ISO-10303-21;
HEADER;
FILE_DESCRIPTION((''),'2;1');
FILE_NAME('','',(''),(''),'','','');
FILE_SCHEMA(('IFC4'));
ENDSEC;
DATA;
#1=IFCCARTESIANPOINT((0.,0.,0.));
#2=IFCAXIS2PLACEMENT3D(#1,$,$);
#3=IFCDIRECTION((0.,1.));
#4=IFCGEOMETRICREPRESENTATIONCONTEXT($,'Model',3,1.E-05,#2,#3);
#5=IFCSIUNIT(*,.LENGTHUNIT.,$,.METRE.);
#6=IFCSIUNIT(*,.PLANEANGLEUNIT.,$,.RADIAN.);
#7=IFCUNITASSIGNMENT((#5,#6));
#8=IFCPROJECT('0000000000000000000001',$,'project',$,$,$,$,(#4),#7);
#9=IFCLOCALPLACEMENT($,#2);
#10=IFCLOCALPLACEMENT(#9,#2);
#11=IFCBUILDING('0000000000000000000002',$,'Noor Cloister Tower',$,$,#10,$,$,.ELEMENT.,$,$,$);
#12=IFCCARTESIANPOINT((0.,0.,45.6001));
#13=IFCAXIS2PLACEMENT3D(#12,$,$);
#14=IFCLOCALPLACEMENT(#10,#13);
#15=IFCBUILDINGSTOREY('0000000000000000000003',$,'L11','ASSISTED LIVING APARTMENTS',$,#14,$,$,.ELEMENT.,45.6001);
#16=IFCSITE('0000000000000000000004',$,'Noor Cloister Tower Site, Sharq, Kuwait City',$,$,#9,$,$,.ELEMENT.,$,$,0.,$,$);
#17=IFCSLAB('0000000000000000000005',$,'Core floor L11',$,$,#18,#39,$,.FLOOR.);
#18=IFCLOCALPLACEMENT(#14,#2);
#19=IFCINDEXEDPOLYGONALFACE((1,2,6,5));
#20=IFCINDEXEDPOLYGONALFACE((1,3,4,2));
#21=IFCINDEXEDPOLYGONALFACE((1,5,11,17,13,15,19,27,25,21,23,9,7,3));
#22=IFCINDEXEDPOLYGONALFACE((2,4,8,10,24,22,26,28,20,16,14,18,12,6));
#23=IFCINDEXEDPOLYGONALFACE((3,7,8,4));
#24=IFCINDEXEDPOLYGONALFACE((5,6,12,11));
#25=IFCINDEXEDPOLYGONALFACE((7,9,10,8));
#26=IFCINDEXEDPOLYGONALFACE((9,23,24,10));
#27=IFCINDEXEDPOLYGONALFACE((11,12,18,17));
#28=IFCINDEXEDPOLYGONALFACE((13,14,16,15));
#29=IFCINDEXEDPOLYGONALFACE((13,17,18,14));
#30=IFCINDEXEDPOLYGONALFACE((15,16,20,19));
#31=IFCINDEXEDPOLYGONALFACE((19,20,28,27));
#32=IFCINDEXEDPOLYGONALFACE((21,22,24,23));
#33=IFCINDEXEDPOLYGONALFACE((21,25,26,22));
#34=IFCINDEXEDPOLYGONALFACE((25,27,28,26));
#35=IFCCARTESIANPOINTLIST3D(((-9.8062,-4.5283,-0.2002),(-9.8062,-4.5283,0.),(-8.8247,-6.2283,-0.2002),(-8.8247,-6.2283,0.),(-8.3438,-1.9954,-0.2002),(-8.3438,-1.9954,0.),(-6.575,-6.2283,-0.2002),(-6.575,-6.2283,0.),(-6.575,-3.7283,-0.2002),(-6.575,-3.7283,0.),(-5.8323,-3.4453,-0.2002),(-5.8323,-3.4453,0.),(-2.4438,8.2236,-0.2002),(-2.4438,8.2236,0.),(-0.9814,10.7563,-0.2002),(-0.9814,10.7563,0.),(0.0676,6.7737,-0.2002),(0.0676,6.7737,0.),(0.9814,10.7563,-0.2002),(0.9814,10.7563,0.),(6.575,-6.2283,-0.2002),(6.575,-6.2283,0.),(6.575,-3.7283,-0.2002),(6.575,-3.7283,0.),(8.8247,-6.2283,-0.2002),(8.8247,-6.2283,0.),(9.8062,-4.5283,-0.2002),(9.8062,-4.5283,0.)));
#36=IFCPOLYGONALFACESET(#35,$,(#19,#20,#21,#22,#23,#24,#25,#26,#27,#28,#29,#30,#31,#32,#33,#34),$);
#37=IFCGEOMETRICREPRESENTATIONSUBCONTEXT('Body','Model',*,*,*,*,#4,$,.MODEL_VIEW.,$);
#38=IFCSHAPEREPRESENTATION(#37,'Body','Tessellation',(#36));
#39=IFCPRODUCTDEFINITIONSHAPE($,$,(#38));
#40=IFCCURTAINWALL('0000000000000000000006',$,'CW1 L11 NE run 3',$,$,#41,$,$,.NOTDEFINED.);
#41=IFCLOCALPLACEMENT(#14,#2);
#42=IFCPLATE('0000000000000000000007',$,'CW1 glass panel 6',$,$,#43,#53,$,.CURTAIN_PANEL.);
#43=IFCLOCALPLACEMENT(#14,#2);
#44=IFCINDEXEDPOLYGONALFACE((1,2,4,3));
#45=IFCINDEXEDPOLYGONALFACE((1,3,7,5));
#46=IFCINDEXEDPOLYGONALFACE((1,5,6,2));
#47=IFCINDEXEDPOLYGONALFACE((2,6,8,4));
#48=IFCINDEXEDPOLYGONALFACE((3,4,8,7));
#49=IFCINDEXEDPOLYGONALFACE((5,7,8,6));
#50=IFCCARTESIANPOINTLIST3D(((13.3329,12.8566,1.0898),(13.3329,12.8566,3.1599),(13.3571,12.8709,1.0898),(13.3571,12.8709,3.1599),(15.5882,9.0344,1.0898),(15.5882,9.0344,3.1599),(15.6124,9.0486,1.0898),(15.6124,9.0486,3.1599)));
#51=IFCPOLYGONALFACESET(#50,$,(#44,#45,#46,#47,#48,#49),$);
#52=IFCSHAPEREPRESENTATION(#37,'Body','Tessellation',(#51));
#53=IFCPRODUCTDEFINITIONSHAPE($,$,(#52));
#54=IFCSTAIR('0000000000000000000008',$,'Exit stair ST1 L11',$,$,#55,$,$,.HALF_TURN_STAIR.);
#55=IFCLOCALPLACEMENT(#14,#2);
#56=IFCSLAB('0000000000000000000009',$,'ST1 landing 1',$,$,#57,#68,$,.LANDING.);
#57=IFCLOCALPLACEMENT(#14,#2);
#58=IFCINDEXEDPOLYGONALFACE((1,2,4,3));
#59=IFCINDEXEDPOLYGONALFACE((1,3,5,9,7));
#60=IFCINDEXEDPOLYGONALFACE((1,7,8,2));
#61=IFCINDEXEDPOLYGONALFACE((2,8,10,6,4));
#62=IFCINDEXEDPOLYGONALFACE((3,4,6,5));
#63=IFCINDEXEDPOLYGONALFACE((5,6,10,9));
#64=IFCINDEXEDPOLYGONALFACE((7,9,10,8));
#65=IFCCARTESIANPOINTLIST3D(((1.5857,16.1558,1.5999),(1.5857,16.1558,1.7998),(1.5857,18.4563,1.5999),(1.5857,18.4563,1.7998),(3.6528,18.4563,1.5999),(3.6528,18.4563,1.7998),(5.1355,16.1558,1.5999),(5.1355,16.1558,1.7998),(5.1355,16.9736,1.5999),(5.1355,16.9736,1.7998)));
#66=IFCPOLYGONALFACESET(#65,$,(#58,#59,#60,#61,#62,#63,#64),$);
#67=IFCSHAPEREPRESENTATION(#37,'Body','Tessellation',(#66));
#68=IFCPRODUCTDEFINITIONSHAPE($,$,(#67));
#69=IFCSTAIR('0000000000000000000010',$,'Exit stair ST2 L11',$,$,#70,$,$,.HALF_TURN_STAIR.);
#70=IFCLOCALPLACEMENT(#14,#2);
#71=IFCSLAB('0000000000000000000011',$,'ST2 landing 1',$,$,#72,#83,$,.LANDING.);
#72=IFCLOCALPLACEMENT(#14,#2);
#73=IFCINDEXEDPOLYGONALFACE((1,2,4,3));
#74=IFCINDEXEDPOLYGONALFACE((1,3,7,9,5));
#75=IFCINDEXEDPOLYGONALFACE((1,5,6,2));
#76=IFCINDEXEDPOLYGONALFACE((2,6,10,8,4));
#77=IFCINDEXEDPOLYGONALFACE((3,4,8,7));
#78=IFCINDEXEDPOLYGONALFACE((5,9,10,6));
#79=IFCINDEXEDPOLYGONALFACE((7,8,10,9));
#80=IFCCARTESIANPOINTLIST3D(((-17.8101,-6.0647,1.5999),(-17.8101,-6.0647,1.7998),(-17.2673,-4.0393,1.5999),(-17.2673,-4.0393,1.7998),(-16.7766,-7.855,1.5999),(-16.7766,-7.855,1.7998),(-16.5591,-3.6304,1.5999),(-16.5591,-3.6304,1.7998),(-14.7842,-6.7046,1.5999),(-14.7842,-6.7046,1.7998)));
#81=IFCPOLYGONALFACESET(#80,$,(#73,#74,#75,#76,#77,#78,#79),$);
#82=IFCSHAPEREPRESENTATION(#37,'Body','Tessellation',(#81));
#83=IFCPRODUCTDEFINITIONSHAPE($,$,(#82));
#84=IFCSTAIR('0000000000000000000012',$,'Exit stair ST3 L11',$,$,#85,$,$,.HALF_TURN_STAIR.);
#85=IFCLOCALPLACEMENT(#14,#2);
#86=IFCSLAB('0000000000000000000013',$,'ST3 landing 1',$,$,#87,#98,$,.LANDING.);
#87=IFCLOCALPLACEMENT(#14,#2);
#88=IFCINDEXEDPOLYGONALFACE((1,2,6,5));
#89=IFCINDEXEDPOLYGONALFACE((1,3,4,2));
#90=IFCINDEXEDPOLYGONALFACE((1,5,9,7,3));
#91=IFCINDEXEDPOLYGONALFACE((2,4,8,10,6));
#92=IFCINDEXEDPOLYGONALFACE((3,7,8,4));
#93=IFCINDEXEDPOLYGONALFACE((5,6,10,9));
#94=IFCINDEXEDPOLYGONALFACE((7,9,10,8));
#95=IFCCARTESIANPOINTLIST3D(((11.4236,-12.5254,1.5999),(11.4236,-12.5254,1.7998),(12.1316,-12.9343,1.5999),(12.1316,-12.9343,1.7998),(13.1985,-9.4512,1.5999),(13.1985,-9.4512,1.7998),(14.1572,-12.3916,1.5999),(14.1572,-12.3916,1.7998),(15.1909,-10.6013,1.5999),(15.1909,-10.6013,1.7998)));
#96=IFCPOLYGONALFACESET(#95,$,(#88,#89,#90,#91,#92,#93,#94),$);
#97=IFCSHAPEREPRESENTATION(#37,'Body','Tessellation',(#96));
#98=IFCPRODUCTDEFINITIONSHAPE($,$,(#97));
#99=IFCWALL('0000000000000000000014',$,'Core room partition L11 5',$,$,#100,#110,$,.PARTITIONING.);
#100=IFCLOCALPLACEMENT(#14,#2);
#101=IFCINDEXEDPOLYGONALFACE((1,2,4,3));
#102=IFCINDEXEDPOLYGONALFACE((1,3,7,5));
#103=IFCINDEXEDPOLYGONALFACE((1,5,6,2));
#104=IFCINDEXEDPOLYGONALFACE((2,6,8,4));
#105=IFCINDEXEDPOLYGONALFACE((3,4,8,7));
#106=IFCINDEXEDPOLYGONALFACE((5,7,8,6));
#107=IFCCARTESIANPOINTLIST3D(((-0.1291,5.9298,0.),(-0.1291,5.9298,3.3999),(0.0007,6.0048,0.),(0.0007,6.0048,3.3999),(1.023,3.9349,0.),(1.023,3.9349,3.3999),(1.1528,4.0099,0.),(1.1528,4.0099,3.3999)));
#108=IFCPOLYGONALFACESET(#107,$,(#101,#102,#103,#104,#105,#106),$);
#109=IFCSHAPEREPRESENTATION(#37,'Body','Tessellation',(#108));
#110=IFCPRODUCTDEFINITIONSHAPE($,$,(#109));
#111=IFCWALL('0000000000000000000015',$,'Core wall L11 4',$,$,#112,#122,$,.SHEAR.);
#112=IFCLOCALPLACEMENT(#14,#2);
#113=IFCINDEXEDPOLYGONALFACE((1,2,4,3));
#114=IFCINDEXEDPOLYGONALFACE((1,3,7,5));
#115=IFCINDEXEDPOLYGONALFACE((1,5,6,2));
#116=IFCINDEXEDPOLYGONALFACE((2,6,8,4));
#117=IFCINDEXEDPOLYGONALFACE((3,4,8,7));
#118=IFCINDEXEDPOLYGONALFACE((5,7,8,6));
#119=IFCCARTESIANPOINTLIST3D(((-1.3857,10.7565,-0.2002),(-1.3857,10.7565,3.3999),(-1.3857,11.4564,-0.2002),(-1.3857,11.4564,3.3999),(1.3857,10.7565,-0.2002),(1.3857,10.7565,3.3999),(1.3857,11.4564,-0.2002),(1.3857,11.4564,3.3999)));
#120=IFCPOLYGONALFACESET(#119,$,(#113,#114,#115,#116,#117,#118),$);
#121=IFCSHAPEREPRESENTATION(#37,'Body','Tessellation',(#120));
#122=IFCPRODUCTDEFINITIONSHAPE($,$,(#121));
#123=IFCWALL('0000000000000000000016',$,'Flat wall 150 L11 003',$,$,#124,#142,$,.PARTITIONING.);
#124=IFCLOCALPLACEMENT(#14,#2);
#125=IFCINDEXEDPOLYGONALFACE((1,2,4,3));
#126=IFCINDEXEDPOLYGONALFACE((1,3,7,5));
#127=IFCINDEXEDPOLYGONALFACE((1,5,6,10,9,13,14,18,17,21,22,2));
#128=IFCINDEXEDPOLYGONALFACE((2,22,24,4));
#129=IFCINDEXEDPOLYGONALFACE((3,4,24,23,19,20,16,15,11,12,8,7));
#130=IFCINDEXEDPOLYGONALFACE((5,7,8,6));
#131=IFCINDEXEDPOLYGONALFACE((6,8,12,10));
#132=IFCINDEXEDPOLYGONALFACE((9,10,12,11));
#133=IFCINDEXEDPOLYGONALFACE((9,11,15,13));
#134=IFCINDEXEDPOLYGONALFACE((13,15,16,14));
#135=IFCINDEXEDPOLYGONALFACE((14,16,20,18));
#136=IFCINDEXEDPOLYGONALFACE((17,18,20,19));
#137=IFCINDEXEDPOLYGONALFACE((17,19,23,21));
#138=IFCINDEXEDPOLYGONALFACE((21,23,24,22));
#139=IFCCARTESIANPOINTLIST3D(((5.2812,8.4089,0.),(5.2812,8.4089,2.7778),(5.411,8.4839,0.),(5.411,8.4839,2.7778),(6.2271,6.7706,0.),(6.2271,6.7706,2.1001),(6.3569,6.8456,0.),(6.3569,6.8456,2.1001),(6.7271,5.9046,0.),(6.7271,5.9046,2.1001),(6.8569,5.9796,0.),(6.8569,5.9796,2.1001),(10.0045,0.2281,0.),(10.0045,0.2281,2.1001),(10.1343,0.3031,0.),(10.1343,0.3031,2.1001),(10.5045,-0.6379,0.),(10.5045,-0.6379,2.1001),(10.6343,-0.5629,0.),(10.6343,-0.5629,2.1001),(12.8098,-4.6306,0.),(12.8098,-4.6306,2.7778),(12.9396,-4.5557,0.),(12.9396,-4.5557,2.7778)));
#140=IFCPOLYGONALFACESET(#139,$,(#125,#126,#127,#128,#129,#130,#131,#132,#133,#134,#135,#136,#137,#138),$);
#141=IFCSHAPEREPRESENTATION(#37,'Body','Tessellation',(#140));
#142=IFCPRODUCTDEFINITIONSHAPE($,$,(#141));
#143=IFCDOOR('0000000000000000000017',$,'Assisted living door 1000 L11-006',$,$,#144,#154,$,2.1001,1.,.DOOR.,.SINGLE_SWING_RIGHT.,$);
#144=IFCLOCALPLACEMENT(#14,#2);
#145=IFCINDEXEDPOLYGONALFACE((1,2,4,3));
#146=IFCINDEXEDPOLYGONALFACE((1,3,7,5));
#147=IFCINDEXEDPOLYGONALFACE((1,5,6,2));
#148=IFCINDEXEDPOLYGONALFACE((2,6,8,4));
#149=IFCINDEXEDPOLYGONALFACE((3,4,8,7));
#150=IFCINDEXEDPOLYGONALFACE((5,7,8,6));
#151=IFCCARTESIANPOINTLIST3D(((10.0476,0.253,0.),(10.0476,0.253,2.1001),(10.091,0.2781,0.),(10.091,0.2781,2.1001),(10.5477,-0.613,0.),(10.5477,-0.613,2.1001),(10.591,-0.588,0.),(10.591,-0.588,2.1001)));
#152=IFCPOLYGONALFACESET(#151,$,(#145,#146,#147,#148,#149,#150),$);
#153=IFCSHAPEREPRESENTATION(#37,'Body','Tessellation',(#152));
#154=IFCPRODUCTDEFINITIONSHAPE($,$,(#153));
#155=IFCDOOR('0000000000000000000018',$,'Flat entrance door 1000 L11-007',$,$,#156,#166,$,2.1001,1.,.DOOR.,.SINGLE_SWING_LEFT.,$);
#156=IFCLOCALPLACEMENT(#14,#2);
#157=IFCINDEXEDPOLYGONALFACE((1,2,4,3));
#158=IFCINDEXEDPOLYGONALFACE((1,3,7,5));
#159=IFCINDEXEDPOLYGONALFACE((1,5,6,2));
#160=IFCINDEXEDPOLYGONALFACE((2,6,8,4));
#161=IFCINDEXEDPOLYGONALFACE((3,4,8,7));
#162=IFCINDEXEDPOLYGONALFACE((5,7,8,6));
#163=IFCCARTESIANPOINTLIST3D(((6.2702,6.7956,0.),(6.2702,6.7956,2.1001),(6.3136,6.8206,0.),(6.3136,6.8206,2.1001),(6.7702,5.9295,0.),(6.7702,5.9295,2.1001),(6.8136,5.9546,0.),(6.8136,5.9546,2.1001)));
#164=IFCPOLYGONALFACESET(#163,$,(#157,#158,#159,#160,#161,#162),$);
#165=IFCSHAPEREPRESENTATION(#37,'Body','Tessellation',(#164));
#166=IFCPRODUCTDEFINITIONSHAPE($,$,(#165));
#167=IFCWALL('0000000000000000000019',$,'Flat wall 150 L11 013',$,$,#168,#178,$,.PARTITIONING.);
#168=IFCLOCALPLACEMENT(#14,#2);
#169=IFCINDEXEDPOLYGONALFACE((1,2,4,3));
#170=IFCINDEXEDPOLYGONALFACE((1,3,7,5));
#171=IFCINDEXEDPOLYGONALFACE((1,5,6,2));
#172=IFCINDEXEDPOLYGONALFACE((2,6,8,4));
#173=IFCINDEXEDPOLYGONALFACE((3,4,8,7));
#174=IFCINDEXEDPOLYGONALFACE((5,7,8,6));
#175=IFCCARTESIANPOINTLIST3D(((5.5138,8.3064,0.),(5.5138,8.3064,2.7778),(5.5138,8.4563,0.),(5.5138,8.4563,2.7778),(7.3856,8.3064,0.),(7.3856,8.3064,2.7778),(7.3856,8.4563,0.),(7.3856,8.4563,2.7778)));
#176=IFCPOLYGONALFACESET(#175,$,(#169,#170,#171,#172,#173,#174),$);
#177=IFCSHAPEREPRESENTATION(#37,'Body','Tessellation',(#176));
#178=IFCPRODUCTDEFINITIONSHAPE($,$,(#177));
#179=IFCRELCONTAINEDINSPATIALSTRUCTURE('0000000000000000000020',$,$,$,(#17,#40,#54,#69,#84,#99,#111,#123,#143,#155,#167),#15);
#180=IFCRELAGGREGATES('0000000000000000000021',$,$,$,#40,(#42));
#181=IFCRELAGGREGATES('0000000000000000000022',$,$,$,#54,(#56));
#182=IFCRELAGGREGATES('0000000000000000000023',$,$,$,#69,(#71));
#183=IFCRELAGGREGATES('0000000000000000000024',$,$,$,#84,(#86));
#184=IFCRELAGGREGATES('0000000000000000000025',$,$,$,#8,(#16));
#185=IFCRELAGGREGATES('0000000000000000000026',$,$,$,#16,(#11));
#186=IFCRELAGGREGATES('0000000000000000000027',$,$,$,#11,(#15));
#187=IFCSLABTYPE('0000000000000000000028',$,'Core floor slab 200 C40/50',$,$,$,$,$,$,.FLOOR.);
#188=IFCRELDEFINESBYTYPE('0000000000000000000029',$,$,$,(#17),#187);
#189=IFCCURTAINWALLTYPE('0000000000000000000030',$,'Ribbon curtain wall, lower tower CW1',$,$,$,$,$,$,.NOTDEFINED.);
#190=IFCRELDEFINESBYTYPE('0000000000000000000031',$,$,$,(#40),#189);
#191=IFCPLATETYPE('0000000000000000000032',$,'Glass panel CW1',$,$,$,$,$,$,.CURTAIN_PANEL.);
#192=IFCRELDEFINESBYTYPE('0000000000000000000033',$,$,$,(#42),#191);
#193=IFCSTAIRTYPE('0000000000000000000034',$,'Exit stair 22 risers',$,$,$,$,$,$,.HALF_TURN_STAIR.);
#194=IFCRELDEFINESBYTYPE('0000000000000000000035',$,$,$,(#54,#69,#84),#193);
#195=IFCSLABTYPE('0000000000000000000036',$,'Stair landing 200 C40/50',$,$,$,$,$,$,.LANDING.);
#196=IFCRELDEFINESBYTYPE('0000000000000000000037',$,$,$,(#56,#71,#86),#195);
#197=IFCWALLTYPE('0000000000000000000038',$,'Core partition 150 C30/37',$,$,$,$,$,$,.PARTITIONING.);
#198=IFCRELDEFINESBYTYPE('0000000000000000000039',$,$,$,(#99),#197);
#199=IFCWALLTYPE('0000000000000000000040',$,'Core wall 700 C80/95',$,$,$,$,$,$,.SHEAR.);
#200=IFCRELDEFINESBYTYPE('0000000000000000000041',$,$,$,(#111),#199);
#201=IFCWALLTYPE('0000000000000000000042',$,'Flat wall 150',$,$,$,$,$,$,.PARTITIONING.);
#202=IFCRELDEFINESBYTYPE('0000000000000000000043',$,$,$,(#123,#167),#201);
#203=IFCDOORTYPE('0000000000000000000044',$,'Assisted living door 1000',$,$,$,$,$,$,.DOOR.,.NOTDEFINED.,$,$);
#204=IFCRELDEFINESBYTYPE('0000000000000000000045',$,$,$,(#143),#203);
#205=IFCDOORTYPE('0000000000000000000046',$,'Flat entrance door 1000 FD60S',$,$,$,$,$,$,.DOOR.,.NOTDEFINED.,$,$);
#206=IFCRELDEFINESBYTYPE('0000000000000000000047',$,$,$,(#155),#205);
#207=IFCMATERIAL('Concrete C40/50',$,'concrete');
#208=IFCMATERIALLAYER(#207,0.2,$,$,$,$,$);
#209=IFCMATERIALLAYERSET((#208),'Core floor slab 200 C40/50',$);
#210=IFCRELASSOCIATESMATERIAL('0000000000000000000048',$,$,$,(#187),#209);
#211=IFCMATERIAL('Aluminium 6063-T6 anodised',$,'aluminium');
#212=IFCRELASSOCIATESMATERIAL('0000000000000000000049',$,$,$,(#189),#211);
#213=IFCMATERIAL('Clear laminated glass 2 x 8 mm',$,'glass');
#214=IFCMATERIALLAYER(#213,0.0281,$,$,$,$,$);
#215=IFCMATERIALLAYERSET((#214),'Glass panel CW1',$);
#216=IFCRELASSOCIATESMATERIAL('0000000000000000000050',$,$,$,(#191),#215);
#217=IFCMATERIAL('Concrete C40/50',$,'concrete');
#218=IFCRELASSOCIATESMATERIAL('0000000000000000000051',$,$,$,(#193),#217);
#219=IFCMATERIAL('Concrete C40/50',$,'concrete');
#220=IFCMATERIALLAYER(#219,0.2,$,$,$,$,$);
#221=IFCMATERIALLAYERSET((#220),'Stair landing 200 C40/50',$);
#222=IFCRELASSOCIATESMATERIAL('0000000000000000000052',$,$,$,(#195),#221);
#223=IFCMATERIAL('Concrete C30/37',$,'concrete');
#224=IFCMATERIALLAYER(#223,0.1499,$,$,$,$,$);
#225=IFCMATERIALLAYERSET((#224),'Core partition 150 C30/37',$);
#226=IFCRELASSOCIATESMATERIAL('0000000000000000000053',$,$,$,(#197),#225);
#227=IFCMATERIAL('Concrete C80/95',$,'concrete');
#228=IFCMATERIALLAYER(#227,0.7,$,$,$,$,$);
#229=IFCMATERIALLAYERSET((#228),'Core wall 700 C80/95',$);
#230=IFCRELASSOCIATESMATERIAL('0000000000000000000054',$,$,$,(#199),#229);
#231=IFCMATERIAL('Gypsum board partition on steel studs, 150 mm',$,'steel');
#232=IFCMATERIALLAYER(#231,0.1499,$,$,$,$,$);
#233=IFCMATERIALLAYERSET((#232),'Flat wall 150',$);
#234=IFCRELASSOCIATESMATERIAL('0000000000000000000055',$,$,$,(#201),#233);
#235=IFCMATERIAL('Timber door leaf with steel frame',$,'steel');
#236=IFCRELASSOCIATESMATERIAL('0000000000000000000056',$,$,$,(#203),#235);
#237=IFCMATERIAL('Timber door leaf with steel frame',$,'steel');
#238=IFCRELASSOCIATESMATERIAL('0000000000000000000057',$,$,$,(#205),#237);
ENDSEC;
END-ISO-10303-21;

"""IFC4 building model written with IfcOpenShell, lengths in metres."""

from ifc_helpers import new_model, si_unit, direction, frame, frame_2d, origin, origin_2d, place, context, subcontext, project, spatial, polyline, rectangle, outline, extrude, material, layer, layer_set, type_object, element, fill, aggregate, save


model = new_model("IFC4")

# Units and contexts
model_context = context("Model", 3, precision=1e-05, world=origin(), true_north=direction((0.0, 1.0)))
body_context = subcontext(model_context, "Body", "Model", "MODEL_VIEW")
ifc_project = project(units=[si_unit("LENGTHUNIT", "METRE"), si_unit("PLANEANGLEUNIT", "RADIAN")], contexts=[model_context])

# Site, building, storey
site_placement = place(None, origin())
site = spatial("IfcSite", under=ifc_project, at=site_placement, Name="Noor Cloister Tower Site, Sharq, Kuwait City", CompositionType="ELEMENT", RefElevation=0.0)
building_placement = place(site_placement, origin())
building = spatial("IfcBuilding", under=site, at=building_placement, Name="Noor Cloister Tower", CompositionType="ELEMENT")
storey_placement = place(building_placement, frame((0.0, 0.0, 45.6001)))
storey = spatial("IfcBuildingStorey", under=building, at=storey_placement, Name="L11", Description="ASSISTED LIVING APARTMENTS", CompositionType="ELEMENT", Elevation=45.6001)

# Slab
ifc_material_1 = material(Name="Concrete C40/50", Category="concrete")
ifc_layer_1 = layer(ifc_material_1, 0.2)
ifc_layer_set_1 = layer_set([ifc_layer_1], Name="Core floor slab 200 C40/50")
slab_type_1 = type_object("IfcSlabType", Name="Core floor slab 200 C40/50", PredefinedType="FLOOR", material=ifc_layer_set_1)
slab_1_placement = place(storey_placement, frame((0.0, 0.0, -0.2002)))
element("IfcSlab", 1, at=slab_1_placement, inside=storey, type_object=slab_type_1, Name="Core floor L11", PredefinedType="FLOOR", context=body_context, shape_type="SweptSolid", body=[
    extrude(outline(polyline([(-6.575, -6.2283), (-6.575, -3.7283), (6.575, -3.7283), (6.575, -6.2283), (8.8247, -6.2283), (9.8062, -4.5283), (0.9814, 10.7563), (-0.9814, 10.7563), (-2.4438, 8.2236), (0.0676, 6.7737), (-5.8323, -3.4453), (-8.3438, -1.9954), (-9.8062, -4.5283), (-8.8247, -6.2283), (-6.575, -6.2283)])), origin(), (0.0, 0.0, 1.0), 0.2002),
])

# Curtain wall, plate
ifc_material_2 = material(Name="Aluminium 6063-T6 anodised", Category="aluminium")
curtain_wall_type = type_object("IfcCurtainWallType", Name="Ribbon curtain wall, lower tower CW1", PredefinedType="NOTDEFINED", material=ifc_material_2)
curtain_wall_placement = place(storey_placement, origin())
curtain_wall = element("IfcCurtainWall", 2, at=curtain_wall_placement, inside=storey, type_object=curtain_wall_type, Name="CW1 L11 NE run 3", PredefinedType="NOTDEFINED")
ifc_material_3 = material(Name="Clear laminated glass 2 x 8 mm", Category="glass")
ifc_layer_2 = layer(ifc_material_3, 0.0281)
ifc_layer_set_2 = layer_set([ifc_layer_2], Name="Glass panel CW1")
plate_type = type_object("IfcPlateType", Name="Glass panel CW1", PredefinedType="CURTAIN_PANEL", material=ifc_layer_set_2)
plate_placement = place(storey_placement, frame((14.4727, 10.9526, 1.0898), z_axis=(0.0, 0.0, 1.0), x_axis=(-0.508168, 0.861258, 0.0)))
plate = element("IfcPlate", 3, at=plate_placement, type_object=plate_type, Name="CW1 glass panel 6", PredefinedType="CURTAIN_PANEL", context=body_context, shape_type="SweptSolid", body=[
    extrude(rectangle(XDim=4.438, YDim=0.0281, at=origin_2d()), origin(), (0.0, 0.0, 1.0), 2.0701),
])
aggregate(curtain_wall, [plate])

# Stairs, slabs
ifc_material_4 = material(Name="Concrete C40/50", Category="concrete")
stair_type = type_object("IfcStairType", Name="Exit stair 22 risers", PredefinedType="HALF_TURN_STAIR", material=ifc_material_4)
stair_1_placement = place(storey_placement, origin())
stair_1 = element("IfcStair", 4, at=stair_1_placement, inside=storey, type_object=stair_type, Name="Exit stair ST1 L11", PredefinedType="HALF_TURN_STAIR")
ifc_material_5 = material(Name="Concrete C40/50", Category="concrete")
ifc_layer_3 = layer(ifc_material_5, 0.2)
ifc_layer_set_3 = layer_set([ifc_layer_3], Name="Stair landing 200 C40/50")
slab_type_2 = type_object("IfcSlabType", Name="Stair landing 200 C40/50", PredefinedType="LANDING", material=ifc_layer_set_3)
slab_2_placement = place(storey_placement, frame((0.0, 0.0, 1.5999)))
slab_2 = element("IfcSlab", 5, at=slab_2_placement, type_object=slab_type_2, Name="ST1 landing 1", PredefinedType="LANDING", context=body_context, shape_type="SweptSolid", body=[
    extrude(outline(polyline([(5.1355, 16.1558), (5.1355, 16.9736), (3.6528, 18.4563), (1.5857, 18.4563), (1.5857, 16.1558), (5.1355, 16.1558)])), origin(), (0.0, 0.0, 1.0), 0.2),
])
aggregate(stair_1, [slab_2])
stair_2_placement = place(storey_placement, origin())
stair_2 = element("IfcStair", 6, at=stair_2_placement, inside=storey, type_object=stair_type, Name="Exit stair ST2 L11", PredefinedType="HALF_TURN_STAIR")
slab_3_placement = place(storey_placement, frame((0.0, 0.0, 1.5999)))
slab_3 = element("IfcSlab", 7, at=slab_3_placement, type_object=slab_type_2, Name="ST2 landing 1", PredefinedType="LANDING", context=body_context, shape_type="SweptSolid", body=[
    extrude(outline(polyline([(-16.5591, -3.6304), (-17.2673, -4.0393), (-17.8101, -6.0647), (-16.7766, -7.855), (-14.7842, -6.7046), (-16.5591, -3.6304)])), origin(), (0.0, 0.0, 1.0), 0.2),
])
aggregate(stair_2, [slab_3])
stair_3_placement = place(storey_placement, origin())
stair_3 = element("IfcStair", 8, at=stair_3_placement, inside=storey, type_object=stair_type, Name="Exit stair ST3 L11", PredefinedType="HALF_TURN_STAIR")
slab_4_placement = place(storey_placement, frame((0.0, 0.0, 1.5999)))
slab_4 = element("IfcSlab", 9, at=slab_4_placement, type_object=slab_type_2, Name="ST3 landing 1", PredefinedType="LANDING", context=body_context, shape_type="SweptSolid", body=[
    extrude(outline(polyline([(11.4236, -12.5254), (12.1316, -12.9343), (14.1572, -12.3916), (15.1909, -10.6013), (13.1985, -9.4512), (11.4236, -12.5254)])), origin(), (0.0, 0.0, 1.0), 0.2),
])
aggregate(stair_3, [slab_4])

# Walls
ifc_material_6 = material(Name="Concrete C30/37", Category="concrete")
ifc_layer_4 = layer(ifc_material_6, 0.1499)
ifc_layer_set_4 = layer_set([ifc_layer_4], Name="Core partition 150 C30/37")
wall_type_1 = type_object("IfcWallType", Name="Core partition 150 C30/37", PredefinedType="PARTITIONING", material=ifc_layer_set_4)
wall_1_placement = place(storey_placement, frame((1.0879, 3.9724, 0.0), z_axis=(0.0, 0.0, 1.0), x_axis=(-0.500117, 0.865958, 0.0)))
element("IfcWall", 10, at=wall_1_placement, inside=storey, type_object=wall_type_1, Name="Core room partition L11 5", PredefinedType="PARTITIONING", context=body_context, shape_type="SweptSolid", body=[
    extrude(rectangle(XDim=2.3037, YDim=0.1499, at=frame_2d((1.1519, 0.0))), origin(), (0.0, 0.0, 1.0), 3.3999),
])
ifc_material_7 = material(Name="Concrete C80/95", Category="concrete")
ifc_layer_5 = layer(ifc_material_7, 0.7)
ifc_layer_set_5 = layer_set([ifc_layer_5], Name="Core wall 700 C80/95")
wall_type_2 = type_object("IfcWallType", Name="Core wall 700 C80/95", PredefinedType="SHEAR", material=ifc_layer_set_5)
wall_2_placement = place(storey_placement, frame((1.3857, 11.1064, -0.2002), z_axis=(0.0, 0.0, 1.0), x_axis=(-1.0, 0.0, 0.0)))
element("IfcWall", 11, at=wall_2_placement, inside=storey, type_object=wall_type_2, Name="Core wall L11 4", PredefinedType="SHEAR", context=body_context, shape_type="SweptSolid", body=[
    extrude(rectangle(XDim=2.7715, YDim=0.7, at=frame_2d((1.3857, 0.0))), origin(), (0.0, 0.0, 1.0), 3.6001),
])

# Wall, openings, doors
ifc_material_8 = material(Name="Gypsum board partition on steel studs, 150 mm", Category="steel")
ifc_layer_6 = layer(ifc_material_8, 0.1499)
ifc_layer_set_6 = layer_set([ifc_layer_6], Name="Flat wall 150")
wall_type_3 = type_object("IfcWallType", Name="Flat wall 150", PredefinedType="PARTITIONING", material=ifc_layer_set_6)
wall_3_placement = place(storey_placement, frame((5.3462, 8.4463, 0.0), z_axis=(0.0, 0.0, 1.0), x_axis=(0.500009, -0.86602, 0.0)))
wall_3 = element("IfcWall", 12, at=wall_3_placement, inside=storey, type_object=wall_type_3, Name="Flat wall 150 L11 003", PredefinedType="PARTITIONING", context=body_context, shape_type="SweptSolid", body=[
    extrude(rectangle(XDim=15.0569, YDim=0.1499, at=frame_2d((7.5283, 0.0))), origin(), (0.0, 0.0, 1.0), 2.7778),
])
opening_1_placement = place(wall_3_placement, frame((9.4463, 0.0, 0.0)))
opening_1 = element("IfcOpeningElement", 13, at=opening_1_placement, cuts=wall_3, PredefinedType="OPENING", context=body_context, shape_type="SweptSolid", body=[
    extrude(rectangle(XDim=1.0, YDim=2.1001, at=frame_2d((0.5, 1.05))), frame((0.0, 0.085, 0.0), z_axis=(0.0, -1.0, 0.0), x_axis=(1.0, 0.0, 0.0)), (0.0, 0.0, 1.0), 0.1699),
])
opening_2_placement = place(wall_3_placement, frame((1.8916, 0.0, 0.0)))
opening_2 = element("IfcOpeningElement", 14, at=opening_2_placement, cuts=wall_3, PredefinedType="OPENING", context=body_context, shape_type="SweptSolid", body=[
    extrude(rectangle(XDim=1.0, YDim=2.1001, at=frame_2d((0.5, 1.05))), frame((0.0, 0.085, 0.0), z_axis=(0.0, -1.0, 0.0), x_axis=(1.0, 0.0, 0.0)), (0.0, 0.0, 1.0), 0.1699),
])
ifc_material_9 = material(Name="Timber door leaf with steel frame", Category="steel")
door_type_1 = type_object("IfcDoorType", Name="Assisted living door 1000", OperationType="NOTDEFINED", PredefinedType="DOOR", material=ifc_material_9)
door_1_placement = place(opening_1_placement, origin())
door_1 = element("IfcDoor", 15, at=door_1_placement, inside=storey, type_object=door_type_1, Name="Assisted living door 1000 L11-006", OperationType="SINGLE_SWING_RIGHT", OverallHeight=2.1001, OverallWidth=1.0, PredefinedType="DOOR", context=body_context, shape_type="SweptSolid", body=[
    extrude(rectangle(XDim=1.0, YDim=2.1001, at=frame_2d((0.5, 1.05))), frame((0.0, 0.0249, 0.0), z_axis=(0.0, -1.0, 0.0), x_axis=(1.0, 0.0, 0.0)), (0.0, 0.0, 1.0), 0.05),
])
fill(opening_1, door_1)
ifc_material_10 = material(Name="Timber door leaf with steel frame", Category="steel")
door_type_2 = type_object("IfcDoorType", Name="Flat entrance door 1000 FD60S", OperationType="NOTDEFINED", PredefinedType="DOOR", material=ifc_material_10)
door_2_placement = place(opening_2_placement, origin())
door_2 = element("IfcDoor", 16, at=door_2_placement, inside=storey, type_object=door_type_2, Name="Flat entrance door 1000 L11-007", OperationType="SINGLE_SWING_LEFT", OverallHeight=2.1001, OverallWidth=1.0, PredefinedType="DOOR", context=body_context, shape_type="SweptSolid", body=[
    extrude(rectangle(XDim=1.0, YDim=2.1001, at=frame_2d((0.5, 1.05))), frame((0.0, 0.0249, 0.0), z_axis=(0.0, -1.0, 0.0), x_axis=(1.0, 0.0, 0.0)), (0.0, 0.0, 1.0), 0.05),
])
fill(opening_2, door_2)

# Wall
wall_4_placement = place(storey_placement, frame((5.5137, 8.3813, 0.0), z_axis=(0.0, 0.0, 1.0), x_axis=(1.0, 0.0, 0.0)))
element("IfcWall", 17, at=wall_4_placement, inside=storey, type_object=wall_type_3, Name="Flat wall 150 L11 013", PredefinedType="PARTITIONING", context=body_context, shape_type="SweptSolid", body=[
    extrude(rectangle(XDim=1.8718, YDim=0.1499, at=frame_2d((0.936, 0.0))), origin(), (0.0, 0.0, 1.0), 2.7778),
])

save(model, "model.ifc")
